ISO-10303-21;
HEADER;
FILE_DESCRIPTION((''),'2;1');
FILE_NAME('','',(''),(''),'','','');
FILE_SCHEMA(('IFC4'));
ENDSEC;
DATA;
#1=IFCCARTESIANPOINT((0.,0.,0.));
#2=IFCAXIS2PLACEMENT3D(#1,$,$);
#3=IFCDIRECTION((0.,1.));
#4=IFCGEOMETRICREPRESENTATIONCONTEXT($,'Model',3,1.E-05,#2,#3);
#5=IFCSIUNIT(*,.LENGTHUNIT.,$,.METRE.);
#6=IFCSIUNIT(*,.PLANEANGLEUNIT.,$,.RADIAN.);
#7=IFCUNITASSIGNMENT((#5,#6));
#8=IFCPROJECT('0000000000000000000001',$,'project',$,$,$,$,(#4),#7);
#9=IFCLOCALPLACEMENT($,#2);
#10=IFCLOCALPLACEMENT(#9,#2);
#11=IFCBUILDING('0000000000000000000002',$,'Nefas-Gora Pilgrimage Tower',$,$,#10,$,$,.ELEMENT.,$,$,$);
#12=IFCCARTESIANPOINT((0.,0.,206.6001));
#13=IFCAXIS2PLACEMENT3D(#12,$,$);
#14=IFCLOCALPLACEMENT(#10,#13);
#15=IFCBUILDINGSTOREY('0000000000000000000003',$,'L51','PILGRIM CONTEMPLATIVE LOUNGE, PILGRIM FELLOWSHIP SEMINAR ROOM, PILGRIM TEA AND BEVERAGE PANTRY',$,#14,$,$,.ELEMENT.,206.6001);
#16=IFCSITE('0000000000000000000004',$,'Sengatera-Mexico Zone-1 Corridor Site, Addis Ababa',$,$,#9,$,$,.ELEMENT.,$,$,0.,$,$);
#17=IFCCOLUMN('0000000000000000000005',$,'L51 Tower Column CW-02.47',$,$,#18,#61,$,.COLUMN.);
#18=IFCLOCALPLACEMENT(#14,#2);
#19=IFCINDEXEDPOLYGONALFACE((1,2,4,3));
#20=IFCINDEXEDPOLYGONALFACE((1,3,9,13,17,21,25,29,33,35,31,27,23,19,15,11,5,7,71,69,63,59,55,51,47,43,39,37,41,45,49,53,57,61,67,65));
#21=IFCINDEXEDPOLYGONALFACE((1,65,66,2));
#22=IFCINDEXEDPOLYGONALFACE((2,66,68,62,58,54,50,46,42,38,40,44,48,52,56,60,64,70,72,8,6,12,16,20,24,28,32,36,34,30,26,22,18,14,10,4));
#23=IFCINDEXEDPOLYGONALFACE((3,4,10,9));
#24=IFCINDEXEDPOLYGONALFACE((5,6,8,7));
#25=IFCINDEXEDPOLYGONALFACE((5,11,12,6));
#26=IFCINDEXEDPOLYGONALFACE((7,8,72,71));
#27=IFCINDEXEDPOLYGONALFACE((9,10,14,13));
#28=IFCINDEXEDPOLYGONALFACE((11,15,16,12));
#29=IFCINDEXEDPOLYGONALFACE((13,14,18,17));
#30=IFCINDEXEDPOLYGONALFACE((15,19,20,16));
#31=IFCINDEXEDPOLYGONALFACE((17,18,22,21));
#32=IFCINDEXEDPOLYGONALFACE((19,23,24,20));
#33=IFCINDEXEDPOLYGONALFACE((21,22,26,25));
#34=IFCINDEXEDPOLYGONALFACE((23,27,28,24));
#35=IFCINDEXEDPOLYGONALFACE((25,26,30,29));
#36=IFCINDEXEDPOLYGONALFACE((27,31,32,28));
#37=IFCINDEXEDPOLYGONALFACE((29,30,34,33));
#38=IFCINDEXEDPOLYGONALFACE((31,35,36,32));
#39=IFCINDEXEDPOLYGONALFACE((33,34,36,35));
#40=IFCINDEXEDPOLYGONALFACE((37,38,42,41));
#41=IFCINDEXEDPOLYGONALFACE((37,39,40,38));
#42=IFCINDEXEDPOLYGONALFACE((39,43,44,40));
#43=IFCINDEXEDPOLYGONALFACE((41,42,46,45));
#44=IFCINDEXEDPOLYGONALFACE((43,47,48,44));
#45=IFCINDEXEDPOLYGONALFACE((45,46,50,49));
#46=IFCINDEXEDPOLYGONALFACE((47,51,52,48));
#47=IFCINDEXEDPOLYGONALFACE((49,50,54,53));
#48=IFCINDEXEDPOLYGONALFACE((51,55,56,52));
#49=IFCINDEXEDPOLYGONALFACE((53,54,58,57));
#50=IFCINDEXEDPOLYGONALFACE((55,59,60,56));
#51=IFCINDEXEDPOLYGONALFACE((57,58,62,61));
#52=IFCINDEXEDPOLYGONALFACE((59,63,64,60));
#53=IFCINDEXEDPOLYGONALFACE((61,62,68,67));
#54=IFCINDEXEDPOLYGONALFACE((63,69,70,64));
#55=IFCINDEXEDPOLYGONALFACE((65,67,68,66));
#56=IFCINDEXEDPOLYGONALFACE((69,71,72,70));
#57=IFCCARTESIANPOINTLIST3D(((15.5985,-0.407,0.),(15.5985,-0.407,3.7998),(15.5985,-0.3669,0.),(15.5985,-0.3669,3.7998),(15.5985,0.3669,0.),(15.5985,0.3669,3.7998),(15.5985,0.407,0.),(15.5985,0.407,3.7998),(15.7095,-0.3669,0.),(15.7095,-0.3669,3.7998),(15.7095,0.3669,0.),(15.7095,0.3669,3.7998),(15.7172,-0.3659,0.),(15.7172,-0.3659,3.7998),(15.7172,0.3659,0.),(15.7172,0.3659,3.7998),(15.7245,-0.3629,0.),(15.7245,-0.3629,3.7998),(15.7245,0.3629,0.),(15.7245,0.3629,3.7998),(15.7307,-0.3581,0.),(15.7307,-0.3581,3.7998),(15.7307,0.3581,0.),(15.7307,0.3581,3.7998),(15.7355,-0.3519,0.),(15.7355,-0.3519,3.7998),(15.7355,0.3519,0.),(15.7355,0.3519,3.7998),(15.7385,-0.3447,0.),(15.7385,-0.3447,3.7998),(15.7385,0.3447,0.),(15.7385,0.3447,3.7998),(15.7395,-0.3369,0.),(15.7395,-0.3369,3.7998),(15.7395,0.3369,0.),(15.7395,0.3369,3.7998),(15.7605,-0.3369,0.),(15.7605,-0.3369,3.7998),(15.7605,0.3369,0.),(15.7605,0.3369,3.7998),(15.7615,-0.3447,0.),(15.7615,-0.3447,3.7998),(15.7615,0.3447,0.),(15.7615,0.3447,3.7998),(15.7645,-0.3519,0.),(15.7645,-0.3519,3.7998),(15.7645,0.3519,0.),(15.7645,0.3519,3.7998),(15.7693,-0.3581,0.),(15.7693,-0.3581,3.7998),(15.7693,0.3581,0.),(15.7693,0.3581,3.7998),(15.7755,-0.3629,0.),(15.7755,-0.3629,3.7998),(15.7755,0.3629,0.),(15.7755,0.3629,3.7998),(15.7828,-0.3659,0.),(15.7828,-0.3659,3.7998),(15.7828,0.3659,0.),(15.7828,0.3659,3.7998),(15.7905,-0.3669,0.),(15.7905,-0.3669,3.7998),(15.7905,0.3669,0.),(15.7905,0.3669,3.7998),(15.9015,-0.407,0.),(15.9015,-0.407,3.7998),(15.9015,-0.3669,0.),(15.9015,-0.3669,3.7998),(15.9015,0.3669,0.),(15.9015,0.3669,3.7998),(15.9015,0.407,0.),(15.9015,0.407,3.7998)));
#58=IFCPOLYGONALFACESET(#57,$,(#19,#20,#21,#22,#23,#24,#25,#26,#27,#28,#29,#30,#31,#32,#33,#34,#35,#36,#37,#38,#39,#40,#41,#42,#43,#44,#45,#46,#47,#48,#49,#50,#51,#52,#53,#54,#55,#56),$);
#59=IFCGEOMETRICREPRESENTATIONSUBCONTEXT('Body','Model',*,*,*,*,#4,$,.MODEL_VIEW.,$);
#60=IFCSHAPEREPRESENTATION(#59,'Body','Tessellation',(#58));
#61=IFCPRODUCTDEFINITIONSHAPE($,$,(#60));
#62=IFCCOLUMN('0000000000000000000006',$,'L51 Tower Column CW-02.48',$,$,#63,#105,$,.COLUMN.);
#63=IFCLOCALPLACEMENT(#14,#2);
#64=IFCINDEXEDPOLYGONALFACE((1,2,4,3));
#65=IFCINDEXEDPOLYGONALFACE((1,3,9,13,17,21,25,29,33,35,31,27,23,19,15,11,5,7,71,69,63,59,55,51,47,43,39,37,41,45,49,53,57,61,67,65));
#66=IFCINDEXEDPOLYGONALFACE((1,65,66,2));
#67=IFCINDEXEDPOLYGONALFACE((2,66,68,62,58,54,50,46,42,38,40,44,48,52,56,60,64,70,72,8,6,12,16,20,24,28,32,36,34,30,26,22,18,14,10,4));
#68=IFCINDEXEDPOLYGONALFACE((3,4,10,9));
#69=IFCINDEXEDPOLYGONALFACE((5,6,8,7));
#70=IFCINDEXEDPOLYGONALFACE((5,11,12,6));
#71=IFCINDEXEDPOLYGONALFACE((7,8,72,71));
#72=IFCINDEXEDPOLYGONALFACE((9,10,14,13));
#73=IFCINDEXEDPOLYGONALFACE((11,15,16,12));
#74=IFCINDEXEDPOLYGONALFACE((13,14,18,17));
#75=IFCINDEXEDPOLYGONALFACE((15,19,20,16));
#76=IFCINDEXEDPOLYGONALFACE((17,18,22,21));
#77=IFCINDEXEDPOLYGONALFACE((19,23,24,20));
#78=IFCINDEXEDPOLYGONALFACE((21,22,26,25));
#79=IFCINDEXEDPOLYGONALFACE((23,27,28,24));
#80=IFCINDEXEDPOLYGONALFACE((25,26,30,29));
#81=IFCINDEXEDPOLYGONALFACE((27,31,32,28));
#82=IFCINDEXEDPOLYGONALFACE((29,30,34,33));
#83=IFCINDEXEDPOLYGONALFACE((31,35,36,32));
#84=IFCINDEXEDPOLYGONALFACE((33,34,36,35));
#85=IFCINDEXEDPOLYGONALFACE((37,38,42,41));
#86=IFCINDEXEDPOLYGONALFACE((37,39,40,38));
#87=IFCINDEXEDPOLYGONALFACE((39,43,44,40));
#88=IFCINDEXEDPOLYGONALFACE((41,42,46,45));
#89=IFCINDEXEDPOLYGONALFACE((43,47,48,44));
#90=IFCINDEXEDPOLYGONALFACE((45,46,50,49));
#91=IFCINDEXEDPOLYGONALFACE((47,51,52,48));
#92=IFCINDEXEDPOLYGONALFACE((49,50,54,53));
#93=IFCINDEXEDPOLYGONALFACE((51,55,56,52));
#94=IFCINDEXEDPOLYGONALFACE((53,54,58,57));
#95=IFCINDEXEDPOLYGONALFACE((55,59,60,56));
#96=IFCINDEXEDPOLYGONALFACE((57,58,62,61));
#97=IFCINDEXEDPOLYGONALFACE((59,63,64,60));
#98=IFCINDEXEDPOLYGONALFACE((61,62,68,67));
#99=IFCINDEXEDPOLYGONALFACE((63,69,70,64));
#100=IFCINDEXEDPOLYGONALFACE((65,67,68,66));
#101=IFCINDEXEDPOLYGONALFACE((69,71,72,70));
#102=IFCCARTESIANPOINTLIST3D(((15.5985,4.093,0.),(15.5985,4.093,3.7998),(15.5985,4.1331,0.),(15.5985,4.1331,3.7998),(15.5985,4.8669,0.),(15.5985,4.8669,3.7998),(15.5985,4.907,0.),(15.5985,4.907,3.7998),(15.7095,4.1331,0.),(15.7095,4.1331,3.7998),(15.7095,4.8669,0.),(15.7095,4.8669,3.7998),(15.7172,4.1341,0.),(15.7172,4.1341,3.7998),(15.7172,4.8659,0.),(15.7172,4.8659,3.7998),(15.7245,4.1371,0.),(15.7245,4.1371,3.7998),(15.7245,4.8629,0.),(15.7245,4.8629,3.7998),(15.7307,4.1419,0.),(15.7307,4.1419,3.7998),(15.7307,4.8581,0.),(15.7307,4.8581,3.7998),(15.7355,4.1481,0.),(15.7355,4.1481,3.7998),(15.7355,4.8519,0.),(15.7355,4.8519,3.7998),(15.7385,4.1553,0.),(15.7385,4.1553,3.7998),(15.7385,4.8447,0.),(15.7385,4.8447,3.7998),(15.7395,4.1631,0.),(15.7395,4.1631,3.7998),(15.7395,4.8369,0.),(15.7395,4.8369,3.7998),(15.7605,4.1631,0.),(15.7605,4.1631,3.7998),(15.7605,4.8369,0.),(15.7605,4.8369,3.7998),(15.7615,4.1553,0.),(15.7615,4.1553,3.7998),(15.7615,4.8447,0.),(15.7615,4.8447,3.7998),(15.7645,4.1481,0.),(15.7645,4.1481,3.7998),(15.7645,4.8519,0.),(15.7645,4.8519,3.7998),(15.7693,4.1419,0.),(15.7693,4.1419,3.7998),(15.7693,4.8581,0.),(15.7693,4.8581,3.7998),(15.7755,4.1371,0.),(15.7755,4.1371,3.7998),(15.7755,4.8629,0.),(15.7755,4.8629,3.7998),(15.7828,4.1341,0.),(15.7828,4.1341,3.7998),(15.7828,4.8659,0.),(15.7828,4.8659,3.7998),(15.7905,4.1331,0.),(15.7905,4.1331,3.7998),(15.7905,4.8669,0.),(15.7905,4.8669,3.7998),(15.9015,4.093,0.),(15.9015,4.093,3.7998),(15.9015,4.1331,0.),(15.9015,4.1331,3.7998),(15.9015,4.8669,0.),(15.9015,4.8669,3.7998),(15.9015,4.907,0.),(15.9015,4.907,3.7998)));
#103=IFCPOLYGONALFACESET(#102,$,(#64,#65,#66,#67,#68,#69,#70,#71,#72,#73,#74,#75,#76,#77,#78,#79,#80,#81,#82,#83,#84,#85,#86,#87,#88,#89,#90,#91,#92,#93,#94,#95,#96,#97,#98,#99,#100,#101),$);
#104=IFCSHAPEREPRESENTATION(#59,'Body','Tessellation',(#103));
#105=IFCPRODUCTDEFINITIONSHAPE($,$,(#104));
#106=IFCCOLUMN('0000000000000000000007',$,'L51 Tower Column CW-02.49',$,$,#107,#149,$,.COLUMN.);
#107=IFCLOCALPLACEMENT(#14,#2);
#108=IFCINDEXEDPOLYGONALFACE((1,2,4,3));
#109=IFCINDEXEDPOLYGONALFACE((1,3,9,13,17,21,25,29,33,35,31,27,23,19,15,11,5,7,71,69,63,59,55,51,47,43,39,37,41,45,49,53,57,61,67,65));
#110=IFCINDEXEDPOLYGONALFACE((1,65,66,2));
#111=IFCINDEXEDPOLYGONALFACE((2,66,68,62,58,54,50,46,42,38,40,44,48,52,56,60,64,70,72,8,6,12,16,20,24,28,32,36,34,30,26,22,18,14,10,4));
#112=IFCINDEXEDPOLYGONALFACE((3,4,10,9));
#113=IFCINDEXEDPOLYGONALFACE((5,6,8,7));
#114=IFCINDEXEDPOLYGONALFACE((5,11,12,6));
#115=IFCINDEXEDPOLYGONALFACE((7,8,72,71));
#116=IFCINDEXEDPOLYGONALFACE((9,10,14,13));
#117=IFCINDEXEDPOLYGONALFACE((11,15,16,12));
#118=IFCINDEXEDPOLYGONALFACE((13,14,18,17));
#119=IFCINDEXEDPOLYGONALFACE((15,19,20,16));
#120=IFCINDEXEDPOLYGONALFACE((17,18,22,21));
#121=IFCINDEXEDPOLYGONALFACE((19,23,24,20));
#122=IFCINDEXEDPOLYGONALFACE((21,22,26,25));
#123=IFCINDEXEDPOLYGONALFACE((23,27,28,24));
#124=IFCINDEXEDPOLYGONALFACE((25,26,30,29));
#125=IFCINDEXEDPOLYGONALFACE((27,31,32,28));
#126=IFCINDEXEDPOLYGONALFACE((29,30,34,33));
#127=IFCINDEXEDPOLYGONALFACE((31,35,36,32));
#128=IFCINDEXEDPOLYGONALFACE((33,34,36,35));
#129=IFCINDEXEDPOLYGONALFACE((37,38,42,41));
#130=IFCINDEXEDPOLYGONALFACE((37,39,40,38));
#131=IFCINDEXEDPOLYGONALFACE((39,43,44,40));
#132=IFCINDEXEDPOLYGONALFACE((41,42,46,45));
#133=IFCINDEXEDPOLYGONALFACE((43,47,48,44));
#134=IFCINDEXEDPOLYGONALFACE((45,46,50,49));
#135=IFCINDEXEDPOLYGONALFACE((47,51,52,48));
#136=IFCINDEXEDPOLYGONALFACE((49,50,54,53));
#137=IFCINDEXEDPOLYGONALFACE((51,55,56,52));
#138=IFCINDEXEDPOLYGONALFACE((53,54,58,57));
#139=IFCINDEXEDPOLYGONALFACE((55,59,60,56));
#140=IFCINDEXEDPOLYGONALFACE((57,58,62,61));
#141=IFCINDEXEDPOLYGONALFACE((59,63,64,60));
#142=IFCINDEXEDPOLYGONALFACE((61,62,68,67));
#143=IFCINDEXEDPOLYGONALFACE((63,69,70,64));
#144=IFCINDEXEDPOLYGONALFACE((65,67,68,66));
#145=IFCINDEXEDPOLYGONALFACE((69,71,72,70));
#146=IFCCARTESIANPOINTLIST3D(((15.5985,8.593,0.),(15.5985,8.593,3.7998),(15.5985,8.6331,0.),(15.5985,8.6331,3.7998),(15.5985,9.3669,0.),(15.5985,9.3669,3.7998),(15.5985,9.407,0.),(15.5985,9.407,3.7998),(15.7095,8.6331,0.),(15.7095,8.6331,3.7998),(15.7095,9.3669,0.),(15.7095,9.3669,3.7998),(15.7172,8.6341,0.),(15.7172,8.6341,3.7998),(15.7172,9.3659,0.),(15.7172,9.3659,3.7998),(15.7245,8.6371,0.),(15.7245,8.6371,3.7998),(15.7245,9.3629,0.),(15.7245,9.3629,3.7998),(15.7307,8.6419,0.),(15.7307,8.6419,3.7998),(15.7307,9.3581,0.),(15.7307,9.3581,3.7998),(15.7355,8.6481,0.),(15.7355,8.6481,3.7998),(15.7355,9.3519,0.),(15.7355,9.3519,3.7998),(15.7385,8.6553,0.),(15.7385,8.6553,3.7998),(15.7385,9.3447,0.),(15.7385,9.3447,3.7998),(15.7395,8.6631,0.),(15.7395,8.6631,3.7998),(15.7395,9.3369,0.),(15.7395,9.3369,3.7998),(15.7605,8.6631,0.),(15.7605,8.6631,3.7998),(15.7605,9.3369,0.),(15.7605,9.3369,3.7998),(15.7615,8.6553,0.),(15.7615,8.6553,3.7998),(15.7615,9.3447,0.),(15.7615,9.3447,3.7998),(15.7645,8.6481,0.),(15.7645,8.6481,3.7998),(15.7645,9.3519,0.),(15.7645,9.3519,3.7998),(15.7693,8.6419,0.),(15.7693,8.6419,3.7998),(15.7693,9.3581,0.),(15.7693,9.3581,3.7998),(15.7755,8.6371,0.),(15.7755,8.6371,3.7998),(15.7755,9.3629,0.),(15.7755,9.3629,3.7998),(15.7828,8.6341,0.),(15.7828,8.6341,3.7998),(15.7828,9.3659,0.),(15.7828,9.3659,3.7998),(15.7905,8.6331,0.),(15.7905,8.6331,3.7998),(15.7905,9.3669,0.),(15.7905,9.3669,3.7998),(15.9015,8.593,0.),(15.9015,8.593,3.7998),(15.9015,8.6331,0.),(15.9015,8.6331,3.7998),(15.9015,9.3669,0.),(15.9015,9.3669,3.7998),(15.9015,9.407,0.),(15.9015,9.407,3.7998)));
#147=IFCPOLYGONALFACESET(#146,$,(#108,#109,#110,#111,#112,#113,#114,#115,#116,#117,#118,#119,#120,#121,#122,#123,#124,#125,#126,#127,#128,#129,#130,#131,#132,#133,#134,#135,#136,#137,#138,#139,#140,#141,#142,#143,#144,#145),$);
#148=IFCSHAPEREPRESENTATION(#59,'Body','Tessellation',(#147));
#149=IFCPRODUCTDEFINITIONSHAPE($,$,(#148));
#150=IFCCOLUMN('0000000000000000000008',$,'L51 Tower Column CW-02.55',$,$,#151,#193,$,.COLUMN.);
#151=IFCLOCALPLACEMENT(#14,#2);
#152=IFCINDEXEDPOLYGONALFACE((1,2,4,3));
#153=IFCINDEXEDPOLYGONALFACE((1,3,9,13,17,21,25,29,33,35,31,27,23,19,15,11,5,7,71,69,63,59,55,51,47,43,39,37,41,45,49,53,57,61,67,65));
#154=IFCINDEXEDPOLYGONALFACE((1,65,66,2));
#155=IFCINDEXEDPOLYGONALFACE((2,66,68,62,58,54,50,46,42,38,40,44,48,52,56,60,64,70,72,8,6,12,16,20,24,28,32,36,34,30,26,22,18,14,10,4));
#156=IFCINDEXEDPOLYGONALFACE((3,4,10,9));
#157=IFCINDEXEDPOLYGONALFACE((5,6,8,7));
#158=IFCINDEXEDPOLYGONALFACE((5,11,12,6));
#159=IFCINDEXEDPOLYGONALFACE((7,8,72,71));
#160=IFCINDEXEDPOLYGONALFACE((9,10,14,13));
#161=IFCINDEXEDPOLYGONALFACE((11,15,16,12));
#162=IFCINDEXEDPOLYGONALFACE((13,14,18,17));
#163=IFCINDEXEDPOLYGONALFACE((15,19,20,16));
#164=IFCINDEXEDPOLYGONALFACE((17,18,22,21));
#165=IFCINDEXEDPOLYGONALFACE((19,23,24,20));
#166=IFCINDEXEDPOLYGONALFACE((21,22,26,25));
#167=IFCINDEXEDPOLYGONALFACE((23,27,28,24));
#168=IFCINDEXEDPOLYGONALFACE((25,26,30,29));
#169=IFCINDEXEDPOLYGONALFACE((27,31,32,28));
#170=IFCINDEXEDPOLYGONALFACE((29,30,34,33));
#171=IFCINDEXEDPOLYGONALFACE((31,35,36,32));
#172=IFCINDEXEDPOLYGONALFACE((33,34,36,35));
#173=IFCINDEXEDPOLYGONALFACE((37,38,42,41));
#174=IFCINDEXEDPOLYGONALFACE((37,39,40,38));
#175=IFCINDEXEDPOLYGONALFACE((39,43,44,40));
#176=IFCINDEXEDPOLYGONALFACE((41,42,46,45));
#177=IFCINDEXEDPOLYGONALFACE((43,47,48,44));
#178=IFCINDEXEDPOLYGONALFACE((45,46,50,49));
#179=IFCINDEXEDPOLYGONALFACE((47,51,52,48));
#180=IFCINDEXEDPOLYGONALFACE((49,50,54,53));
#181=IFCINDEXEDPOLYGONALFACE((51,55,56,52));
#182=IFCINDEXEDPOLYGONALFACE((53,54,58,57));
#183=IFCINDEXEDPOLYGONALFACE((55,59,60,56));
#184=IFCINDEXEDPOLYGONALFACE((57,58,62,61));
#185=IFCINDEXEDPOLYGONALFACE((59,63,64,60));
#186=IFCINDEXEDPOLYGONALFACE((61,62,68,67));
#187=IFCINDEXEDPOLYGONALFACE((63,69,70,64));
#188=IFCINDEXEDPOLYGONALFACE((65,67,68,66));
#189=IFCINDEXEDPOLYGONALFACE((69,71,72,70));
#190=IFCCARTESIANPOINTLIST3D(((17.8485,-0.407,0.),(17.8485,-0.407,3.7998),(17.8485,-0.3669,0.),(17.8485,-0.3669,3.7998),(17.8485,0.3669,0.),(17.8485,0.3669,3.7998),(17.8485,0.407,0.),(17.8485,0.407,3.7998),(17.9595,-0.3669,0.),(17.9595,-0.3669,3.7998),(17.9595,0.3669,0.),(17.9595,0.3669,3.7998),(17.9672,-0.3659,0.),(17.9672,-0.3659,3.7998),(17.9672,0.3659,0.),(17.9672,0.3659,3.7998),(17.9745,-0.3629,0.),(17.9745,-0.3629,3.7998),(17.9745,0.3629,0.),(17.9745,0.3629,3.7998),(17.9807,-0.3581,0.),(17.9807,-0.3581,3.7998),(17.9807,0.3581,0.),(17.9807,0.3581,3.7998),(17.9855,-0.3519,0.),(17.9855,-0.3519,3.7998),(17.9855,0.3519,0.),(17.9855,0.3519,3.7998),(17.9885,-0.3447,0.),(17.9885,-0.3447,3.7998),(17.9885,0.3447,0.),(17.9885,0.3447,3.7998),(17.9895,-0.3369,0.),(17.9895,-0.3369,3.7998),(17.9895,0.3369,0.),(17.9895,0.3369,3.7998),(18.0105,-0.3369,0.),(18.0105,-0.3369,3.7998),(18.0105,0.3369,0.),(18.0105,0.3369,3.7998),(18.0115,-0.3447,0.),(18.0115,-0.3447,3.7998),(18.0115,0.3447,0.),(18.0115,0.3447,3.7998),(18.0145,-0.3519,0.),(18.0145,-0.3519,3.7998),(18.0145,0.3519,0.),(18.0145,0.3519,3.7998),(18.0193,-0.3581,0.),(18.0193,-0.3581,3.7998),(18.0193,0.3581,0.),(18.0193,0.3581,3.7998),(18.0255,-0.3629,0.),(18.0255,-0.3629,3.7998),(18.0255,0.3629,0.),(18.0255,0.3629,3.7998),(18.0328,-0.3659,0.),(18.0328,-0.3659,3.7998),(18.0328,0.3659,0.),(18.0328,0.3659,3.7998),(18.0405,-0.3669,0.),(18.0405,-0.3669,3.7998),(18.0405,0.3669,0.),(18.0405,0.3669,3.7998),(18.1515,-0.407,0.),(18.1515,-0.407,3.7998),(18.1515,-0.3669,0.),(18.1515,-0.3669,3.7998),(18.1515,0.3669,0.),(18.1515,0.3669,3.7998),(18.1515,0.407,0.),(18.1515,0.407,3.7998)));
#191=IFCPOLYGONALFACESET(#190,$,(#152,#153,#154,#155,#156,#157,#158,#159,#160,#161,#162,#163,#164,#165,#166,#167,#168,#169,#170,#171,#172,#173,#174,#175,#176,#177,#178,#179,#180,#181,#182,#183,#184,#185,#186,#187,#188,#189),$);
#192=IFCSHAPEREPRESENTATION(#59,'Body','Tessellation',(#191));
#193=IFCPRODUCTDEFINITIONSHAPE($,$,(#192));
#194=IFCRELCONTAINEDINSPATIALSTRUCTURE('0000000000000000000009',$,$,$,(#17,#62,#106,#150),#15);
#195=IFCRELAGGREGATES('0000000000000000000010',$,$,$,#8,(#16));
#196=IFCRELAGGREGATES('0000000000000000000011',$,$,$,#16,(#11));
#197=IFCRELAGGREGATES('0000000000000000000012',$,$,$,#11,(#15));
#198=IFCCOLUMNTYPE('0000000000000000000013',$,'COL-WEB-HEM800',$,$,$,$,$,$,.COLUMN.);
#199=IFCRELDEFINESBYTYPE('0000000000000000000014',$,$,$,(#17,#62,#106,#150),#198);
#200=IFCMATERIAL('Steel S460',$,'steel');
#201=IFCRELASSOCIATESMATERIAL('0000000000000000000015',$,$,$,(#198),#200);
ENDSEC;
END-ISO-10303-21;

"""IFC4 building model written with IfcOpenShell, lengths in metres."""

from ifc_helpers import new_model, si_unit, direction, frame, origin, origin_2d, place, context, subcontext, project, spatial, i_section, extrude, source, transform, mapped, material, material_profile, profile_set, type_object, element, save


model = new_model("IFC4")

# Units and contexts
model_context = context("Model", 3, precision=1e-05, world=origin(), true_north=direction((0.0, 1.0)))
body_context = subcontext(model_context, "Body", "Model", "MODEL_VIEW")
ifc_project = project(units=[si_unit("LENGTHUNIT", "METRE"), si_unit("PLANEANGLEUNIT", "RADIAN")], contexts=[model_context])

# Site, building, storey
site_placement = place(None, origin())
site = spatial("IfcSite", under=ifc_project, at=site_placement, Name="Sengatera-Mexico Zone-1 Corridor Site, Addis Ababa", CompositionType="ELEMENT", RefElevation=0.0)
building_placement = place(site_placement, origin())
building = spatial("IfcBuilding", under=site, at=building_placement, Name="Nefas-Gora Pilgrimage Tower", CompositionType="ELEMENT")
storey_placement = place(building_placement, frame((0.0, 0.0, 206.6001)))
storey = spatial("IfcBuildingStorey", under=building, at=storey_placement, Name="L51", Description="PILGRIM CONTEMPLATIVE LOUNGE, PILGRIM FELLOWSHIP SEMINAR ROOM, PILGRIM TEA AND BEVERAGE PANTRY", CompositionType="ELEMENT", Elevation=206.6001)

# Columns
ifc_material_1 = material(Name="Steel S460", Category="steel")
ifc_material_profile_1 = material_profile(ifc_material_1, i_section(OverallWidth=0.303, OverallDepth=0.814, WebThickness=0.021, FlangeThickness=0.04, FilletRadius=0.03, at=origin_2d()), Name="HEM 800")
ifc_profile_set_1 = profile_set([ifc_material_profile_1], Name="Steel S460")
column_type_1 = type_object("IfcColumnType", Name="COL-WEB-HEM800", PredefinedType="COLUMN", material=ifc_profile_set_1)
shared_shape_1 = source(origin(), body_context, "Body", "SweptSolid", [
    extrude(i_section(OverallWidth=0.303, OverallDepth=0.814, WebThickness=0.021, FlangeThickness=0.04, FilletRadius=0.03, at=origin_2d()), origin(), (0.0, 0.0, 1.0), 3.7998),
])
for number, where, z_axis, x_axis, name in (
    (1, (15.75, 0.0, 0.0), (0.0, 0.0, 1.0), (1.0, 0.0, 0.0), "L51 Tower Column CW-02.47"),
    (2, (15.75, 4.5, 0.0), (0.0, 0.0, 1.0), (1.0, 0.0, 0.0), "L51 Tower Column CW-02.48"),
    (3, (15.75, 9.0, 0.0), (0.0, 0.0, 1.0), (1.0, 0.0, 0.0), "L51 Tower Column CW-02.49"),
    (4, (18.0, 0.0, 0.0), (0.0, 0.0, 1.0), (1.0, 0.0, 0.0), "L51 Tower Column CW-02.55"),
):
    element("IfcColumn", number, at=place(storey_placement, frame(where, z_axis=z_axis, x_axis=x_axis)), inside=storey, type_object=column_type_1, Name=name, PredefinedType="COLUMN", context=body_context, shape_type="MappedRepresentation", body=[
        mapped(shared_shape_1, transform((0.0, 0.0, 0.0), x_axis=(1.0, 0.0, 0.0), y_axis=(0.0, 1.0, 0.0), z_axis=(0.0, 0.0, 1.0), scale=1.0)),
    ])

save(model, "model.ifc")
